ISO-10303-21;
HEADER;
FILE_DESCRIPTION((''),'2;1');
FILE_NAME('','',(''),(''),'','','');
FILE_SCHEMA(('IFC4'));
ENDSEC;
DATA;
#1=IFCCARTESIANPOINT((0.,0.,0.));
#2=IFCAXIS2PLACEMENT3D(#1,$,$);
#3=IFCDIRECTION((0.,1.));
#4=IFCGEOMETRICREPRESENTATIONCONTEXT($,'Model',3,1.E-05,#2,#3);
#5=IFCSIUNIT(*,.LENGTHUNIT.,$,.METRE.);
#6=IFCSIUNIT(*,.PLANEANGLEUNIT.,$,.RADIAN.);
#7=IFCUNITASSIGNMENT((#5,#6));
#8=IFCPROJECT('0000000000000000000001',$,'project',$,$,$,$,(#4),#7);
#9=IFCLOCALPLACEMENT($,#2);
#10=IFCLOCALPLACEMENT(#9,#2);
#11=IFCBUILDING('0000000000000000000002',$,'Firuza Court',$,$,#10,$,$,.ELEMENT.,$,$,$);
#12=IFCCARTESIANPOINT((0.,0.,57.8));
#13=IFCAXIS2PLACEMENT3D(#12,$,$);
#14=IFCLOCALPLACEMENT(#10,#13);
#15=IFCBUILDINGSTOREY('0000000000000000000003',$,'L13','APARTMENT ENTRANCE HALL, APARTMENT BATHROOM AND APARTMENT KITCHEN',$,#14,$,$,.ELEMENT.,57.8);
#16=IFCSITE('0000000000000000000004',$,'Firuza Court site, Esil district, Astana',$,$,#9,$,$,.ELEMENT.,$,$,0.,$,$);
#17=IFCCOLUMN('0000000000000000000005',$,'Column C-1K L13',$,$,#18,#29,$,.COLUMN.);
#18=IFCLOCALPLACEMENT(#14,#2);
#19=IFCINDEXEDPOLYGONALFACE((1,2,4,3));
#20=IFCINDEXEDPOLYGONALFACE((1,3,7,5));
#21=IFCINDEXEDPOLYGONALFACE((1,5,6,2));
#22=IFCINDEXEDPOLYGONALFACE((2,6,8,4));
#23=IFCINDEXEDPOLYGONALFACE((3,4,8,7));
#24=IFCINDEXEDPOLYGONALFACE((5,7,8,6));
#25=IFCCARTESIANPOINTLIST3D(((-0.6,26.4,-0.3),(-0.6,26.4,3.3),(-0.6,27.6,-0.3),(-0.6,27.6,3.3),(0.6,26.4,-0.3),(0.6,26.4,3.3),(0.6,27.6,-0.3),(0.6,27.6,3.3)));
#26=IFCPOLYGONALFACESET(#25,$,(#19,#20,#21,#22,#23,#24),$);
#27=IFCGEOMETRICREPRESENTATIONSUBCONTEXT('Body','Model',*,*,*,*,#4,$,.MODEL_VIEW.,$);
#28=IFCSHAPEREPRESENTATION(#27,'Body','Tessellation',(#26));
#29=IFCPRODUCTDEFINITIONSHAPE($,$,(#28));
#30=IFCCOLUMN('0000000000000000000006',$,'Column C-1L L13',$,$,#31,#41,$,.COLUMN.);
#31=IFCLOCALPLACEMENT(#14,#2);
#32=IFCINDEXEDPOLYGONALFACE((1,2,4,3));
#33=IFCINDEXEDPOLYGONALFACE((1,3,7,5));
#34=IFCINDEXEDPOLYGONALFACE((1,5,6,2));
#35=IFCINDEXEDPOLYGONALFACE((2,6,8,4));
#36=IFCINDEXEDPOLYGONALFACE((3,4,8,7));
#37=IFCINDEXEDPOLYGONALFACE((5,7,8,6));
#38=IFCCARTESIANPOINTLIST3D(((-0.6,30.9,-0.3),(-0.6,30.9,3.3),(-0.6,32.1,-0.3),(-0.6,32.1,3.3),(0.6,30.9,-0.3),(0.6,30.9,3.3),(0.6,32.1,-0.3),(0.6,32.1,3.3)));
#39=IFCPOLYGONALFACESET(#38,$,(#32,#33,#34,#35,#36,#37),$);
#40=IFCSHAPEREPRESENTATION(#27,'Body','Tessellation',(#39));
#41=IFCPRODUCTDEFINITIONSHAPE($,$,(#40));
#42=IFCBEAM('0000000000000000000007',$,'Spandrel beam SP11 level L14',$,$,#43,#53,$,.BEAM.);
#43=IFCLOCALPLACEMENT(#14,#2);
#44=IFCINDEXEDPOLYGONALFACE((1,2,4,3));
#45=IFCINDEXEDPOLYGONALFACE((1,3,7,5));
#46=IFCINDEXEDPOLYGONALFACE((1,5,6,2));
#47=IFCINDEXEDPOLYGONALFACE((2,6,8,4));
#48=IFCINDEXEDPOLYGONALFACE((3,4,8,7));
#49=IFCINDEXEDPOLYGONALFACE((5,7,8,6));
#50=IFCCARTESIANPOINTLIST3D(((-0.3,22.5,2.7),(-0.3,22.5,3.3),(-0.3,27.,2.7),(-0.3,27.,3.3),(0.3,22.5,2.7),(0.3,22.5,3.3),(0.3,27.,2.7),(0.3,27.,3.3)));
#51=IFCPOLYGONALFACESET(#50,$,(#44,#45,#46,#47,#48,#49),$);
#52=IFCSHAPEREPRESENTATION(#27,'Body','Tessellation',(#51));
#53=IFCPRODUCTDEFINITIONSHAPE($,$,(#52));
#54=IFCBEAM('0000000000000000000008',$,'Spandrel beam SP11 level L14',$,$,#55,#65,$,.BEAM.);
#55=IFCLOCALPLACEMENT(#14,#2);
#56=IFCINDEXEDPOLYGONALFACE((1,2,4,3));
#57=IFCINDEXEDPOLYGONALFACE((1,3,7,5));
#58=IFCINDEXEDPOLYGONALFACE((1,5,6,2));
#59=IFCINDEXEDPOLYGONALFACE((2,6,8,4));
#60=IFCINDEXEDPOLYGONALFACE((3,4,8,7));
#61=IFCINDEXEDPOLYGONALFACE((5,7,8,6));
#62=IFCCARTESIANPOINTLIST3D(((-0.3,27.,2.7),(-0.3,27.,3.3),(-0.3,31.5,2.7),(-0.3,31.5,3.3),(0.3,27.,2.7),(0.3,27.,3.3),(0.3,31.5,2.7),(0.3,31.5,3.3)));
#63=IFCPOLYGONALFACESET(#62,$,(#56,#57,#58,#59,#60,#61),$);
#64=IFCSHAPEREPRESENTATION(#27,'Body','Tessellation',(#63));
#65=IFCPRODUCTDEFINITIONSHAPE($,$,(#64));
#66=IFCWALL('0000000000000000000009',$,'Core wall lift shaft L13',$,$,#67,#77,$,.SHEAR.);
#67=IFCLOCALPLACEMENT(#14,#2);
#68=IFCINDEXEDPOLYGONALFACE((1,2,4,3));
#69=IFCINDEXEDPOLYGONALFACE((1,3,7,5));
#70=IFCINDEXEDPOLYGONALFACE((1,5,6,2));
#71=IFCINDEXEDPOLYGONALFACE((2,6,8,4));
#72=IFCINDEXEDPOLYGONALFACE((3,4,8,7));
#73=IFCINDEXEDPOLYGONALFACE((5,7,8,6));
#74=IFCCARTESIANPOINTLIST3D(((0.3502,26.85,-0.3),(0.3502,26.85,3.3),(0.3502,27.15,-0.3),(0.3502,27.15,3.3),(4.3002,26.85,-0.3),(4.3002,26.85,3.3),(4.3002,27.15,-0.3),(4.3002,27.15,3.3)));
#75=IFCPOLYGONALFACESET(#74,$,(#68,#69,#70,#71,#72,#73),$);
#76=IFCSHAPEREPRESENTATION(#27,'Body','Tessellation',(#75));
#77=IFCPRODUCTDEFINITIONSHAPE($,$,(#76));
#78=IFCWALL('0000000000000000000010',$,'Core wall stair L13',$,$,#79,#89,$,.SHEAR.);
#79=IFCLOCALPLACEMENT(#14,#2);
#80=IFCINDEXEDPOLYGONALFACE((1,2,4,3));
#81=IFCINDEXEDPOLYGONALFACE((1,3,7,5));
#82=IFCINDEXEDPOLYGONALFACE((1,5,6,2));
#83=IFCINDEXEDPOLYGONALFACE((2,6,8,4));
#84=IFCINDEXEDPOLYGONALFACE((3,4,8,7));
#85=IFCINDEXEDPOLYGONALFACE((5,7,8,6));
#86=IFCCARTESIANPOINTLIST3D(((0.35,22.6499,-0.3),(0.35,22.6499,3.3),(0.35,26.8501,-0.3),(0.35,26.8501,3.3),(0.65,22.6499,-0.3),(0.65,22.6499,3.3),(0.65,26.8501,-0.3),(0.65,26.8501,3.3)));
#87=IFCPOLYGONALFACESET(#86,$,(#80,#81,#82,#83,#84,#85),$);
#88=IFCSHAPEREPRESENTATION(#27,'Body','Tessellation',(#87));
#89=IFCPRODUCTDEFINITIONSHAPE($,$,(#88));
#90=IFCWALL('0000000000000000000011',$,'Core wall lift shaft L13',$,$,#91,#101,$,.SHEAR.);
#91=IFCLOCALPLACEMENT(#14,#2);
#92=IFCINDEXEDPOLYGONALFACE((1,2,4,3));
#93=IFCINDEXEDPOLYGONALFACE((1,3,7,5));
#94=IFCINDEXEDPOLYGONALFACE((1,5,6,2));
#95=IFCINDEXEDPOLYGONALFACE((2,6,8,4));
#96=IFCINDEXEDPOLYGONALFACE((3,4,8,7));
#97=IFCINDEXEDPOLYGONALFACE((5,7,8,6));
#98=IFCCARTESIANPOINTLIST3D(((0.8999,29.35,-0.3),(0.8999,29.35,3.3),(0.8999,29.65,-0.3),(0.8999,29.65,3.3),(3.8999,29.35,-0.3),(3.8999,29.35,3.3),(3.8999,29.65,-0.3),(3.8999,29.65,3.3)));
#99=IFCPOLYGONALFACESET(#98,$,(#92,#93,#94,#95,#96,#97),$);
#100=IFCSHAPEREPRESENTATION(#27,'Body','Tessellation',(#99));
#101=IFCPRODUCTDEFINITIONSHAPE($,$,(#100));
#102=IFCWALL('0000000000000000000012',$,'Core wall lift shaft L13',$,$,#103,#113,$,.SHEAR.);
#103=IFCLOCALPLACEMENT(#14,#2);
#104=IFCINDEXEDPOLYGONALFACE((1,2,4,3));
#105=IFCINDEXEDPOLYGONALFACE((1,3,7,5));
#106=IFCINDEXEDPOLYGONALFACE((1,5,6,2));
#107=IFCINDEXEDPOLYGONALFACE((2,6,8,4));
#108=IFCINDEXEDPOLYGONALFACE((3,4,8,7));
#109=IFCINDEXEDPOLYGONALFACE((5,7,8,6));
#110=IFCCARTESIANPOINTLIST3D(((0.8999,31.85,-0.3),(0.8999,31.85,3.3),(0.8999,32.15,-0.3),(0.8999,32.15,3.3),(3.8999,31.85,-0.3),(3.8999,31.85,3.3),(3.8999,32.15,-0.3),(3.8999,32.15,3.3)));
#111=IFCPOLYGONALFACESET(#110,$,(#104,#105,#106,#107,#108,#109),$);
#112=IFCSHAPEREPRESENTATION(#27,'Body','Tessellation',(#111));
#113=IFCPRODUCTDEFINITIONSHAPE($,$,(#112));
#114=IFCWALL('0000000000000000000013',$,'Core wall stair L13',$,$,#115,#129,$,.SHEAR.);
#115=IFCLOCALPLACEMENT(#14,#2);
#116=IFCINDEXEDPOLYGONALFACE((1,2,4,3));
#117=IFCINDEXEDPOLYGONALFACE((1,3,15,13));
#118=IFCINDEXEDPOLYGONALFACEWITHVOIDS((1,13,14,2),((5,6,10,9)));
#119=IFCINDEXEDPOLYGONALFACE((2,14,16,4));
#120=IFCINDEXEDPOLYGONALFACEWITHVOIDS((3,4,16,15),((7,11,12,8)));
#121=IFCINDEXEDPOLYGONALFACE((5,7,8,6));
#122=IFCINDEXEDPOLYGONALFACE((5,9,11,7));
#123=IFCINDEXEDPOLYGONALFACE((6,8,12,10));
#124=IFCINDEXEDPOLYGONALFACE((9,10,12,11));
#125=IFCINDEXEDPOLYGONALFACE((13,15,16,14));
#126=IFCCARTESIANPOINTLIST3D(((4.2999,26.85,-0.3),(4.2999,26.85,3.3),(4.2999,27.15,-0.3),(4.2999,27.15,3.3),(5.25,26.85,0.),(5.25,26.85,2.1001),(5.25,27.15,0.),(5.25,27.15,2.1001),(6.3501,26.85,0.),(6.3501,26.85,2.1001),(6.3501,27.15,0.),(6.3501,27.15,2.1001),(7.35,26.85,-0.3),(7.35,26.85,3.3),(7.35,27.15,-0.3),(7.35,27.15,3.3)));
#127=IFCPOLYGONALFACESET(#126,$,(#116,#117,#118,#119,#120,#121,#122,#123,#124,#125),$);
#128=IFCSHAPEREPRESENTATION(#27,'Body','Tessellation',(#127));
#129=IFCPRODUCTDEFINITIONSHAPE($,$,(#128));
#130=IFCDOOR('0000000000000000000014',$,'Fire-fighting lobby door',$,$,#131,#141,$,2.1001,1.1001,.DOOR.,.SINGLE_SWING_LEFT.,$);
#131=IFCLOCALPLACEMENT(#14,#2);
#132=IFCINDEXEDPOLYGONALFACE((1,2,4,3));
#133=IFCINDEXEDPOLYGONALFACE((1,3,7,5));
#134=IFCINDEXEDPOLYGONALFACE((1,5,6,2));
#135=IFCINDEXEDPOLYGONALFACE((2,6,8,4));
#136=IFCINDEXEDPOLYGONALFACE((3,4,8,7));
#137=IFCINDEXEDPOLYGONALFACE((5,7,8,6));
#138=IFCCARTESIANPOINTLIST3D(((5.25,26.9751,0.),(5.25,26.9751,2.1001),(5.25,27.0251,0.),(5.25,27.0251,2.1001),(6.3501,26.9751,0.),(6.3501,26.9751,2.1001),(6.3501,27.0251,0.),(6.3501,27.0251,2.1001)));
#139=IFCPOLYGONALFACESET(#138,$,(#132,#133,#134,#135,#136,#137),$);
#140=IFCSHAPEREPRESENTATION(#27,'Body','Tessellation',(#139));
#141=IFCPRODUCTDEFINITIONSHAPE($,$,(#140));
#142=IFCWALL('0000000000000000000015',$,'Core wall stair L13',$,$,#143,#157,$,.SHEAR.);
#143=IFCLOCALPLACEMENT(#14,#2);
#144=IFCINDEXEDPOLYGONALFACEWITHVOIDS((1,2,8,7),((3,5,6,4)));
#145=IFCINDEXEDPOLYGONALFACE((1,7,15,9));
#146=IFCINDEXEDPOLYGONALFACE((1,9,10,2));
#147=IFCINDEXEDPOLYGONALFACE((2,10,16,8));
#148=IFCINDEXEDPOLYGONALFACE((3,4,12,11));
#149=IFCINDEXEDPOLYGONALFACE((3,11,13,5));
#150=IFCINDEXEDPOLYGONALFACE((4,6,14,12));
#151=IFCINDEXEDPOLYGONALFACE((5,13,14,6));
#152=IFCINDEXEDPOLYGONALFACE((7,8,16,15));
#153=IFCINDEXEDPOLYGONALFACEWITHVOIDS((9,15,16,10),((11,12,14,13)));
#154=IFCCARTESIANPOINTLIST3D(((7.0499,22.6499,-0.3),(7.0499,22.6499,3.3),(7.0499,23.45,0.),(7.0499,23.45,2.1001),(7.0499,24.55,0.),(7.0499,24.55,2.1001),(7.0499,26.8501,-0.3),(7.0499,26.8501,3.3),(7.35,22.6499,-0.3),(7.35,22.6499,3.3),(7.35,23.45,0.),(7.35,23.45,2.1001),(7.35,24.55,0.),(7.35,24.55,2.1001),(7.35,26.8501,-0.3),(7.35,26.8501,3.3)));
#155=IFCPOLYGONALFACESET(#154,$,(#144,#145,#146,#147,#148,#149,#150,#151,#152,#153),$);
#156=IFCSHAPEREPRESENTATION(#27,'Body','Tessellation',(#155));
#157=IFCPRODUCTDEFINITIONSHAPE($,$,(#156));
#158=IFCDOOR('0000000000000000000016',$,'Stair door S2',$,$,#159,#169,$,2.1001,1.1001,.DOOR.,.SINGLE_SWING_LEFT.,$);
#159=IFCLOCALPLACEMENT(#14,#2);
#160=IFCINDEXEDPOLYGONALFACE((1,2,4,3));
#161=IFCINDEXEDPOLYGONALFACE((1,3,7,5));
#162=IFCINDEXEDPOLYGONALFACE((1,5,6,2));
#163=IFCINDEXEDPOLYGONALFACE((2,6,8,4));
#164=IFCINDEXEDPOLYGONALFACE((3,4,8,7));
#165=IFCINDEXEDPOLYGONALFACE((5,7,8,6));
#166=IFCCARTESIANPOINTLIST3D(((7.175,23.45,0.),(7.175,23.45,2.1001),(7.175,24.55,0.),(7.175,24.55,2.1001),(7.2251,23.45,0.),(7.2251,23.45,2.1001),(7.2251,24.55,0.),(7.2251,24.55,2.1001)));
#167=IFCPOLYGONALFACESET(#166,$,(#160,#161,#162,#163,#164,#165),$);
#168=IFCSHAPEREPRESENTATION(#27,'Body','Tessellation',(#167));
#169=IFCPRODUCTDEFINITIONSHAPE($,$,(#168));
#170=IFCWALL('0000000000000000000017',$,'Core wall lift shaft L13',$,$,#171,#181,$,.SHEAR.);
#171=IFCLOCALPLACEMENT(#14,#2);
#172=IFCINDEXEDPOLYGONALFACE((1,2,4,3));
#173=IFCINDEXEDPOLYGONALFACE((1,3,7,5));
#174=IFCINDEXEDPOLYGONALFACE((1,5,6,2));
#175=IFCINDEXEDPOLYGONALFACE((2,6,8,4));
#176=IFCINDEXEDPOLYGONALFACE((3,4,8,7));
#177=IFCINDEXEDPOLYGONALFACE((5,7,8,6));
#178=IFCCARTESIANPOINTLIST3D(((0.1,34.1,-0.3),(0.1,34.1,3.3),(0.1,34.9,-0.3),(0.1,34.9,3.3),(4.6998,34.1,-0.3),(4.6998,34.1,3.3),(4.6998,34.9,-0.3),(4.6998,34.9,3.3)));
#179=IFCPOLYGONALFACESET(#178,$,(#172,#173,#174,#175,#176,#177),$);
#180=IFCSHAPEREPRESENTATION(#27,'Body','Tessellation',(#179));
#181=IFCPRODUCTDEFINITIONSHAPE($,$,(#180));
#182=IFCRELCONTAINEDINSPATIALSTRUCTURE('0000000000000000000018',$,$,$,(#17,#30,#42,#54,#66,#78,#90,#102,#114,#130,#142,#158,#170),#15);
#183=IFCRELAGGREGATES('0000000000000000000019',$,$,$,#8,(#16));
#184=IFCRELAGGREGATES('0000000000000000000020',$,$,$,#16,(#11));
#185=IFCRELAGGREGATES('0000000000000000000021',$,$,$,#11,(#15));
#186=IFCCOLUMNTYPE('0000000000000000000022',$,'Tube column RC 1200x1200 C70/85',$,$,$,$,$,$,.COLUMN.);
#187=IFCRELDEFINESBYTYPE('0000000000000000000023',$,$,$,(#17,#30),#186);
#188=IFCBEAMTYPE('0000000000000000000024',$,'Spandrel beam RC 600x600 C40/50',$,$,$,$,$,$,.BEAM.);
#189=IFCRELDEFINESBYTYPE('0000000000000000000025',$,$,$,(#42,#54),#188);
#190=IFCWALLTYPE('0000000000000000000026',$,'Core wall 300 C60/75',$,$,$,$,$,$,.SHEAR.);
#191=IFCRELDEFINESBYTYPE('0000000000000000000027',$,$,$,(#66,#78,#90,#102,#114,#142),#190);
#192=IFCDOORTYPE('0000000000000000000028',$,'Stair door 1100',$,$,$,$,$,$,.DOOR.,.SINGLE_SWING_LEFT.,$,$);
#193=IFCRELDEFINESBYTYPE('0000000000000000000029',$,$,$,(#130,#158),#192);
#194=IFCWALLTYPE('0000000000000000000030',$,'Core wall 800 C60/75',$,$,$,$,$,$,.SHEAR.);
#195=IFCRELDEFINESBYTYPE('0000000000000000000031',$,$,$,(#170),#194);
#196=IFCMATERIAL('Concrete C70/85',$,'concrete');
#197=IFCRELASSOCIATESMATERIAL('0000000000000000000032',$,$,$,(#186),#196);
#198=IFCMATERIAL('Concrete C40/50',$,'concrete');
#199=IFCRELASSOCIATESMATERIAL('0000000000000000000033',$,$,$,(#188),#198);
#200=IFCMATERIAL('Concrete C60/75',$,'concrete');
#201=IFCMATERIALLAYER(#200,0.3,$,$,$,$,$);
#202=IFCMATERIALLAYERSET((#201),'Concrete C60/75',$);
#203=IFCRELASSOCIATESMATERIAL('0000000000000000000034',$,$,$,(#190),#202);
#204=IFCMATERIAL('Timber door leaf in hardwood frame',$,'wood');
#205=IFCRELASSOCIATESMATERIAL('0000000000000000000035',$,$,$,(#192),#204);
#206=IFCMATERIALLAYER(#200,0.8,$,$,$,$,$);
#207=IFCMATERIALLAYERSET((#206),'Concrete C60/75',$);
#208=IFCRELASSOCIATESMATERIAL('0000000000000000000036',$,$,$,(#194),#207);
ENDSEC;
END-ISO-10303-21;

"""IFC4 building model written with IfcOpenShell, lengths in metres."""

from ifc_helpers import new_model, si_unit, direction, frame, frame_2d, origin, origin_2d, place, context, subcontext, project, spatial, rectangle, extrude, material, layer, layer_set, material_profile, profile_set, type_object, element, fill, save


model = new_model("IFC4")

# Units and contexts
model_context = context("Model", 3, precision=1e-05, world=origin(), true_north=direction((0.0, 1.0)))
body_context = subcontext(model_context, "Body", "Model", "MODEL_VIEW")
ifc_project = project(units=[si_unit("LENGTHUNIT", "METRE"), si_unit("PLANEANGLEUNIT", "RADIAN")], contexts=[model_context])

# Site, building, storey
site_placement = place(None, origin())
site = spatial("IfcSite", under=ifc_project, at=site_placement, Name="Firuza Court site, Esil district, Astana", CompositionType="ELEMENT", RefElevation=0.0)
building_placement = place(site_placement, origin())
building = spatial("IfcBuilding", under=site, at=building_placement, Name="Firuza Court", CompositionType="ELEMENT")
storey_placement = place(building_placement, frame((0.0, 0.0, 57.8)))
storey = spatial("IfcBuildingStorey", under=building, at=storey_placement, Name="L13", Description="APARTMENT ENTRANCE HALL, APARTMENT BATHROOM AND APARTMENT KITCHEN", CompositionType="ELEMENT", Elevation=57.8)

# Columns
ifc_material_1 = material(Name="Concrete C70/85", Category="concrete")
ifc_material_profile_1 = material_profile(ifc_material_1, rectangle(XDim=1.2, YDim=1.2, at=origin_2d()), Name="RC 1200x1200")
ifc_profile_set_1 = profile_set([ifc_material_profile_1], Name="Concrete C70/85")
column_type = type_object("IfcColumnType", Name="Tube column RC 1200x1200 C70/85", PredefinedType="COLUMN", material=ifc_profile_set_1)
for number, where, z_axis, x_axis, name in (
    (1, (0.0, 27.0, -0.3), (0.0, 0.0, 1.0), (1.0, 0.0, 0.0), "Column C-1K L13"),
    (2, (0.0, 31.5, -0.3), (0.0, 0.0, 1.0), (1.0, 0.0, 0.0), "Column C-1L L13"),
):
    element("IfcColumn", number, at=place(storey_placement, frame(where, z_axis=z_axis, x_axis=x_axis)), inside=storey, type_object=column_type, Name=name, PredefinedType="COLUMN", context=body_context, shape_type="SweptSolid", body=[
        extrude(rectangle(XDim=1.2, YDim=1.2, at=origin_2d()), origin(), (0.0, 0.0, 1.0), 3.6001),
    ])

# Beams
ifc_material_2 = material(Name="Concrete C40/50", Category="concrete")
ifc_material_profile_2 = material_profile(ifc_material_2, rectangle(XDim=0.6001, YDim=0.6001, at=origin_2d()), Name="RC 600x600")
ifc_profile_set_2 = profile_set([ifc_material_profile_2], Name="Concrete C40/50")
beam_type = type_object("IfcBeamType", Name="Spandrel beam RC 600x600 C40/50", PredefinedType="BEAM", material=ifc_profile_set_2)
for number, where, z_axis, x_axis, name in (
    (3, (0.0, 27.0, 3.0), (0.0, -1.0, 0.0), (1.0, 0.0, 0.0), "Spandrel beam SP11 level L14"),
    (4, (0.0, 31.5, 3.0), (0.0, -1.0, 0.0), (1.0, 0.0, 0.0), "Spandrel beam SP11 level L14"),
):
    element("IfcBeam", number, at=place(storey_placement, frame(where, z_axis=z_axis, x_axis=x_axis)), inside=storey, type_object=beam_type, Name=name, PredefinedType="BEAM", context=body_context, shape_type="SweptSolid", body=[
        extrude(rectangle(XDim=0.6001, YDim=0.6001, at=origin_2d()), origin(), (0.0, 0.0, 1.0), 4.5),
    ])

# Walls
ifc_material_3 = material(Name="Concrete C60/75", Category="concrete")
ifc_layer_1 = layer(ifc_material_3, 0.3)
ifc_layer_set_1 = layer_set([ifc_layer_1], Name="Concrete C60/75")
wall_type_1 = type_object("IfcWallType", Name="Core wall 300 C60/75", PredefinedType="SHEAR", material=ifc_layer_set_1)
wall_1_placement = place(storey_placement, frame((0.3501, 27.0, -0.3), z_axis=(0.0, 0.0, 1.0), x_axis=(1.0, 0.0, 0.0)))
element("IfcWall", 5, at=wall_1_placement, inside=storey, type_object=wall_type_1, Name="Core wall lift shaft L13", PredefinedType="SHEAR", context=body_context, shape_type="SweptSolid", body=[
    extrude(rectangle(XDim=3.95, YDim=0.3, at=frame_2d((1.9751, 0.0))), origin(), (0.0, 0.0, 1.0), 3.6001),
])
wall_2_placement = place(storey_placement, frame((0.5, 22.6499, -0.3), z_axis=(0.0, 0.0, 1.0), x_axis=(0.0, 1.0, 0.0)))
element("IfcWall", 6, at=wall_2_placement, inside=storey, type_object=wall_type_1, Name="Core wall stair L13", PredefinedType="SHEAR", context=body_context, shape_type="SweptSolid", body=[
    extrude(rectangle(XDim=4.2002, YDim=0.3, at=frame_2d((2.1001, 0.0))), origin(), (0.0, 0.0, 1.0), 3.6001),
])
for number, where, z_axis, x_axis, name in (
    (7, (0.8999, 29.5, -0.3), (0.0, 0.0, 1.0), (1.0, 0.0, 0.0), "Core wall lift shaft L13"),
    (8, (0.8999, 32.0, -0.3), (0.0, 0.0, 1.0), (1.0, 0.0, 0.0), "Core wall lift shaft L13"),
):
    element("IfcWall", number, at=place(storey_placement, frame(where, z_axis=z_axis, x_axis=x_axis)), inside=storey, type_object=wall_type_1, Name=name, PredefinedType="SHEAR", context=body_context, shape_type="SweptSolid", body=[
        extrude(rectangle(XDim=3.0, YDim=0.3, at=frame_2d((1.5, 0.0))), origin(), (0.0, 0.0, 1.0), 3.6001),
    ])

# Walls, openings, doors
wall_3_placement = place(storey_placement, frame((4.3, 27.0, -0.3), z_axis=(0.0, 0.0, 1.0), x_axis=(1.0, 0.0, 0.0)))
wall_3 = element("IfcWall", 9, at=wall_3_placement, inside=storey, type_object=wall_type_1, Name="Core wall stair L13", PredefinedType="SHEAR", context=body_context, shape_type="SweptSolid", body=[
    extrude(rectangle(XDim=3.05, YDim=0.3, at=frame_2d((1.5249, 0.0))), origin(), (0.0, 0.0, 1.0), 3.6001),
])
opening_1_placement = place(wall_3_placement, frame((0.95, 0.0, 0.3)))
opening_1 = element("IfcOpeningElement", 10, at=opening_1_placement, cuts=wall_3, PredefinedType="OPENING", context=body_context, shape_type="SweptSolid", body=[
    extrude(rectangle(XDim=1.1001, YDim=2.1001, at=frame_2d((0.55, 1.05))), frame((0.0, 0.1621, 0.0), z_axis=(0.0, -1.0, 0.0), x_axis=(1.0, 0.0, 0.0)), (0.0, 0.0, 1.0), 0.324),
])
ifc_material_4 = material(Name="Timber door leaf in hardwood frame", Category="wood")
door_type_1 = type_object("IfcDoorType", Name="Stair door 1100", OperationType="SINGLE_SWING_LEFT", PredefinedType="DOOR", material=ifc_material_4)
door_1_placement = place(opening_1_placement, frame((1.1001, 0.0, 0.0), z_axis=(0.0, 0.0, 1.0), x_axis=(-1.0, 0.0, 0.0)))
door_1 = element("IfcDoor", 11, at=door_1_placement, inside=storey, type_object=door_type_1, Name="Fire-fighting lobby door", OperationType="SINGLE_SWING_LEFT", OverallHeight=2.1001, OverallWidth=1.1001, PredefinedType="DOOR", context=body_context, shape_type="SweptSolid", body=[
    extrude(rectangle(XDim=1.1001, YDim=2.1001, at=frame_2d((0.55, 1.05))), frame((0.0, 0.0249, 0.0), z_axis=(0.0, -1.0, 0.0), x_axis=(1.0, 0.0, 0.0)), (0.0, 0.0, 1.0), 0.05),
])
fill(opening_1, door_1)
wall_4_placement = place(storey_placement, frame((7.2, 22.6499, -0.3), z_axis=(0.0, 0.0, 1.0), x_axis=(0.0, 1.0, 0.0)))
wall_4 = element("IfcWall", 12, at=wall_4_placement, inside=storey, type_object=wall_type_1, Name="Core wall stair L13", PredefinedType="SHEAR", context=body_context, shape_type="SweptSolid", body=[
    extrude(rectangle(XDim=4.2002, YDim=0.3, at=frame_2d((2.1001, 0.0))), origin(), (0.0, 0.0, 1.0), 3.6001),
])
opening_2_placement = place(wall_4_placement, frame((0.8, 0.0, 0.3)))
opening_2 = element("IfcOpeningElement", 13, at=opening_2_placement, cuts=wall_4, PredefinedType="OPENING", context=body_context, shape_type="SweptSolid", body=[
    extrude(rectangle(XDim=1.1001, YDim=2.1001, at=frame_2d((0.55, 1.05))), frame((0.0, 0.1621, 0.0), z_axis=(0.0, -1.0, 0.0), x_axis=(1.0, 0.0, 0.0)), (0.0, 0.0, 1.0), 0.324),
])
door_2_placement = place(opening_2_placement, origin())
door_2 = element("IfcDoor", 14, at=door_2_placement, inside=storey, type_object=door_type_1, Name="Stair door S2", OperationType="SINGLE_SWING_LEFT", OverallHeight=2.1001, OverallWidth=1.1001, PredefinedType="DOOR", context=body_context, shape_type="SweptSolid", body=[
    extrude(rectangle(XDim=1.1001, YDim=2.1001, at=frame_2d((0.55, 1.05))), frame((0.0, 0.0249, 0.0), z_axis=(0.0, -1.0, 0.0), x_axis=(1.0, 0.0, 0.0)), (0.0, 0.0, 1.0), 0.05),
])
fill(opening_2, door_2)

# Wall
ifc_layer_2 = layer(ifc_material_3, 0.8)
ifc_layer_set_2 = layer_set([ifc_layer_2], Name="Concrete C60/75")
wall_type_2 = type_object("IfcWallType", Name="Core wall 800 C60/75", PredefinedType="SHEAR", material=ifc_layer_set_2)
wall_5_placement = place(storey_placement, frame((0.1001, 34.5, -0.3), z_axis=(0.0, 0.0, 1.0), x_axis=(1.0, 0.0, 0.0)))
element("IfcWall", 15, at=wall_5_placement, inside=storey, type_object=wall_type_2, Name="Core wall lift shaft L13", PredefinedType="SHEAR", context=body_context, shape_type="SweptSolid", body=[
    extrude(rectangle(XDim=4.5999, YDim=0.8, at=frame_2d((2.2998, 0.0))), origin(), (0.0, 0.0, 1.0), 3.6001),
])

save(model, "model.ifc")
